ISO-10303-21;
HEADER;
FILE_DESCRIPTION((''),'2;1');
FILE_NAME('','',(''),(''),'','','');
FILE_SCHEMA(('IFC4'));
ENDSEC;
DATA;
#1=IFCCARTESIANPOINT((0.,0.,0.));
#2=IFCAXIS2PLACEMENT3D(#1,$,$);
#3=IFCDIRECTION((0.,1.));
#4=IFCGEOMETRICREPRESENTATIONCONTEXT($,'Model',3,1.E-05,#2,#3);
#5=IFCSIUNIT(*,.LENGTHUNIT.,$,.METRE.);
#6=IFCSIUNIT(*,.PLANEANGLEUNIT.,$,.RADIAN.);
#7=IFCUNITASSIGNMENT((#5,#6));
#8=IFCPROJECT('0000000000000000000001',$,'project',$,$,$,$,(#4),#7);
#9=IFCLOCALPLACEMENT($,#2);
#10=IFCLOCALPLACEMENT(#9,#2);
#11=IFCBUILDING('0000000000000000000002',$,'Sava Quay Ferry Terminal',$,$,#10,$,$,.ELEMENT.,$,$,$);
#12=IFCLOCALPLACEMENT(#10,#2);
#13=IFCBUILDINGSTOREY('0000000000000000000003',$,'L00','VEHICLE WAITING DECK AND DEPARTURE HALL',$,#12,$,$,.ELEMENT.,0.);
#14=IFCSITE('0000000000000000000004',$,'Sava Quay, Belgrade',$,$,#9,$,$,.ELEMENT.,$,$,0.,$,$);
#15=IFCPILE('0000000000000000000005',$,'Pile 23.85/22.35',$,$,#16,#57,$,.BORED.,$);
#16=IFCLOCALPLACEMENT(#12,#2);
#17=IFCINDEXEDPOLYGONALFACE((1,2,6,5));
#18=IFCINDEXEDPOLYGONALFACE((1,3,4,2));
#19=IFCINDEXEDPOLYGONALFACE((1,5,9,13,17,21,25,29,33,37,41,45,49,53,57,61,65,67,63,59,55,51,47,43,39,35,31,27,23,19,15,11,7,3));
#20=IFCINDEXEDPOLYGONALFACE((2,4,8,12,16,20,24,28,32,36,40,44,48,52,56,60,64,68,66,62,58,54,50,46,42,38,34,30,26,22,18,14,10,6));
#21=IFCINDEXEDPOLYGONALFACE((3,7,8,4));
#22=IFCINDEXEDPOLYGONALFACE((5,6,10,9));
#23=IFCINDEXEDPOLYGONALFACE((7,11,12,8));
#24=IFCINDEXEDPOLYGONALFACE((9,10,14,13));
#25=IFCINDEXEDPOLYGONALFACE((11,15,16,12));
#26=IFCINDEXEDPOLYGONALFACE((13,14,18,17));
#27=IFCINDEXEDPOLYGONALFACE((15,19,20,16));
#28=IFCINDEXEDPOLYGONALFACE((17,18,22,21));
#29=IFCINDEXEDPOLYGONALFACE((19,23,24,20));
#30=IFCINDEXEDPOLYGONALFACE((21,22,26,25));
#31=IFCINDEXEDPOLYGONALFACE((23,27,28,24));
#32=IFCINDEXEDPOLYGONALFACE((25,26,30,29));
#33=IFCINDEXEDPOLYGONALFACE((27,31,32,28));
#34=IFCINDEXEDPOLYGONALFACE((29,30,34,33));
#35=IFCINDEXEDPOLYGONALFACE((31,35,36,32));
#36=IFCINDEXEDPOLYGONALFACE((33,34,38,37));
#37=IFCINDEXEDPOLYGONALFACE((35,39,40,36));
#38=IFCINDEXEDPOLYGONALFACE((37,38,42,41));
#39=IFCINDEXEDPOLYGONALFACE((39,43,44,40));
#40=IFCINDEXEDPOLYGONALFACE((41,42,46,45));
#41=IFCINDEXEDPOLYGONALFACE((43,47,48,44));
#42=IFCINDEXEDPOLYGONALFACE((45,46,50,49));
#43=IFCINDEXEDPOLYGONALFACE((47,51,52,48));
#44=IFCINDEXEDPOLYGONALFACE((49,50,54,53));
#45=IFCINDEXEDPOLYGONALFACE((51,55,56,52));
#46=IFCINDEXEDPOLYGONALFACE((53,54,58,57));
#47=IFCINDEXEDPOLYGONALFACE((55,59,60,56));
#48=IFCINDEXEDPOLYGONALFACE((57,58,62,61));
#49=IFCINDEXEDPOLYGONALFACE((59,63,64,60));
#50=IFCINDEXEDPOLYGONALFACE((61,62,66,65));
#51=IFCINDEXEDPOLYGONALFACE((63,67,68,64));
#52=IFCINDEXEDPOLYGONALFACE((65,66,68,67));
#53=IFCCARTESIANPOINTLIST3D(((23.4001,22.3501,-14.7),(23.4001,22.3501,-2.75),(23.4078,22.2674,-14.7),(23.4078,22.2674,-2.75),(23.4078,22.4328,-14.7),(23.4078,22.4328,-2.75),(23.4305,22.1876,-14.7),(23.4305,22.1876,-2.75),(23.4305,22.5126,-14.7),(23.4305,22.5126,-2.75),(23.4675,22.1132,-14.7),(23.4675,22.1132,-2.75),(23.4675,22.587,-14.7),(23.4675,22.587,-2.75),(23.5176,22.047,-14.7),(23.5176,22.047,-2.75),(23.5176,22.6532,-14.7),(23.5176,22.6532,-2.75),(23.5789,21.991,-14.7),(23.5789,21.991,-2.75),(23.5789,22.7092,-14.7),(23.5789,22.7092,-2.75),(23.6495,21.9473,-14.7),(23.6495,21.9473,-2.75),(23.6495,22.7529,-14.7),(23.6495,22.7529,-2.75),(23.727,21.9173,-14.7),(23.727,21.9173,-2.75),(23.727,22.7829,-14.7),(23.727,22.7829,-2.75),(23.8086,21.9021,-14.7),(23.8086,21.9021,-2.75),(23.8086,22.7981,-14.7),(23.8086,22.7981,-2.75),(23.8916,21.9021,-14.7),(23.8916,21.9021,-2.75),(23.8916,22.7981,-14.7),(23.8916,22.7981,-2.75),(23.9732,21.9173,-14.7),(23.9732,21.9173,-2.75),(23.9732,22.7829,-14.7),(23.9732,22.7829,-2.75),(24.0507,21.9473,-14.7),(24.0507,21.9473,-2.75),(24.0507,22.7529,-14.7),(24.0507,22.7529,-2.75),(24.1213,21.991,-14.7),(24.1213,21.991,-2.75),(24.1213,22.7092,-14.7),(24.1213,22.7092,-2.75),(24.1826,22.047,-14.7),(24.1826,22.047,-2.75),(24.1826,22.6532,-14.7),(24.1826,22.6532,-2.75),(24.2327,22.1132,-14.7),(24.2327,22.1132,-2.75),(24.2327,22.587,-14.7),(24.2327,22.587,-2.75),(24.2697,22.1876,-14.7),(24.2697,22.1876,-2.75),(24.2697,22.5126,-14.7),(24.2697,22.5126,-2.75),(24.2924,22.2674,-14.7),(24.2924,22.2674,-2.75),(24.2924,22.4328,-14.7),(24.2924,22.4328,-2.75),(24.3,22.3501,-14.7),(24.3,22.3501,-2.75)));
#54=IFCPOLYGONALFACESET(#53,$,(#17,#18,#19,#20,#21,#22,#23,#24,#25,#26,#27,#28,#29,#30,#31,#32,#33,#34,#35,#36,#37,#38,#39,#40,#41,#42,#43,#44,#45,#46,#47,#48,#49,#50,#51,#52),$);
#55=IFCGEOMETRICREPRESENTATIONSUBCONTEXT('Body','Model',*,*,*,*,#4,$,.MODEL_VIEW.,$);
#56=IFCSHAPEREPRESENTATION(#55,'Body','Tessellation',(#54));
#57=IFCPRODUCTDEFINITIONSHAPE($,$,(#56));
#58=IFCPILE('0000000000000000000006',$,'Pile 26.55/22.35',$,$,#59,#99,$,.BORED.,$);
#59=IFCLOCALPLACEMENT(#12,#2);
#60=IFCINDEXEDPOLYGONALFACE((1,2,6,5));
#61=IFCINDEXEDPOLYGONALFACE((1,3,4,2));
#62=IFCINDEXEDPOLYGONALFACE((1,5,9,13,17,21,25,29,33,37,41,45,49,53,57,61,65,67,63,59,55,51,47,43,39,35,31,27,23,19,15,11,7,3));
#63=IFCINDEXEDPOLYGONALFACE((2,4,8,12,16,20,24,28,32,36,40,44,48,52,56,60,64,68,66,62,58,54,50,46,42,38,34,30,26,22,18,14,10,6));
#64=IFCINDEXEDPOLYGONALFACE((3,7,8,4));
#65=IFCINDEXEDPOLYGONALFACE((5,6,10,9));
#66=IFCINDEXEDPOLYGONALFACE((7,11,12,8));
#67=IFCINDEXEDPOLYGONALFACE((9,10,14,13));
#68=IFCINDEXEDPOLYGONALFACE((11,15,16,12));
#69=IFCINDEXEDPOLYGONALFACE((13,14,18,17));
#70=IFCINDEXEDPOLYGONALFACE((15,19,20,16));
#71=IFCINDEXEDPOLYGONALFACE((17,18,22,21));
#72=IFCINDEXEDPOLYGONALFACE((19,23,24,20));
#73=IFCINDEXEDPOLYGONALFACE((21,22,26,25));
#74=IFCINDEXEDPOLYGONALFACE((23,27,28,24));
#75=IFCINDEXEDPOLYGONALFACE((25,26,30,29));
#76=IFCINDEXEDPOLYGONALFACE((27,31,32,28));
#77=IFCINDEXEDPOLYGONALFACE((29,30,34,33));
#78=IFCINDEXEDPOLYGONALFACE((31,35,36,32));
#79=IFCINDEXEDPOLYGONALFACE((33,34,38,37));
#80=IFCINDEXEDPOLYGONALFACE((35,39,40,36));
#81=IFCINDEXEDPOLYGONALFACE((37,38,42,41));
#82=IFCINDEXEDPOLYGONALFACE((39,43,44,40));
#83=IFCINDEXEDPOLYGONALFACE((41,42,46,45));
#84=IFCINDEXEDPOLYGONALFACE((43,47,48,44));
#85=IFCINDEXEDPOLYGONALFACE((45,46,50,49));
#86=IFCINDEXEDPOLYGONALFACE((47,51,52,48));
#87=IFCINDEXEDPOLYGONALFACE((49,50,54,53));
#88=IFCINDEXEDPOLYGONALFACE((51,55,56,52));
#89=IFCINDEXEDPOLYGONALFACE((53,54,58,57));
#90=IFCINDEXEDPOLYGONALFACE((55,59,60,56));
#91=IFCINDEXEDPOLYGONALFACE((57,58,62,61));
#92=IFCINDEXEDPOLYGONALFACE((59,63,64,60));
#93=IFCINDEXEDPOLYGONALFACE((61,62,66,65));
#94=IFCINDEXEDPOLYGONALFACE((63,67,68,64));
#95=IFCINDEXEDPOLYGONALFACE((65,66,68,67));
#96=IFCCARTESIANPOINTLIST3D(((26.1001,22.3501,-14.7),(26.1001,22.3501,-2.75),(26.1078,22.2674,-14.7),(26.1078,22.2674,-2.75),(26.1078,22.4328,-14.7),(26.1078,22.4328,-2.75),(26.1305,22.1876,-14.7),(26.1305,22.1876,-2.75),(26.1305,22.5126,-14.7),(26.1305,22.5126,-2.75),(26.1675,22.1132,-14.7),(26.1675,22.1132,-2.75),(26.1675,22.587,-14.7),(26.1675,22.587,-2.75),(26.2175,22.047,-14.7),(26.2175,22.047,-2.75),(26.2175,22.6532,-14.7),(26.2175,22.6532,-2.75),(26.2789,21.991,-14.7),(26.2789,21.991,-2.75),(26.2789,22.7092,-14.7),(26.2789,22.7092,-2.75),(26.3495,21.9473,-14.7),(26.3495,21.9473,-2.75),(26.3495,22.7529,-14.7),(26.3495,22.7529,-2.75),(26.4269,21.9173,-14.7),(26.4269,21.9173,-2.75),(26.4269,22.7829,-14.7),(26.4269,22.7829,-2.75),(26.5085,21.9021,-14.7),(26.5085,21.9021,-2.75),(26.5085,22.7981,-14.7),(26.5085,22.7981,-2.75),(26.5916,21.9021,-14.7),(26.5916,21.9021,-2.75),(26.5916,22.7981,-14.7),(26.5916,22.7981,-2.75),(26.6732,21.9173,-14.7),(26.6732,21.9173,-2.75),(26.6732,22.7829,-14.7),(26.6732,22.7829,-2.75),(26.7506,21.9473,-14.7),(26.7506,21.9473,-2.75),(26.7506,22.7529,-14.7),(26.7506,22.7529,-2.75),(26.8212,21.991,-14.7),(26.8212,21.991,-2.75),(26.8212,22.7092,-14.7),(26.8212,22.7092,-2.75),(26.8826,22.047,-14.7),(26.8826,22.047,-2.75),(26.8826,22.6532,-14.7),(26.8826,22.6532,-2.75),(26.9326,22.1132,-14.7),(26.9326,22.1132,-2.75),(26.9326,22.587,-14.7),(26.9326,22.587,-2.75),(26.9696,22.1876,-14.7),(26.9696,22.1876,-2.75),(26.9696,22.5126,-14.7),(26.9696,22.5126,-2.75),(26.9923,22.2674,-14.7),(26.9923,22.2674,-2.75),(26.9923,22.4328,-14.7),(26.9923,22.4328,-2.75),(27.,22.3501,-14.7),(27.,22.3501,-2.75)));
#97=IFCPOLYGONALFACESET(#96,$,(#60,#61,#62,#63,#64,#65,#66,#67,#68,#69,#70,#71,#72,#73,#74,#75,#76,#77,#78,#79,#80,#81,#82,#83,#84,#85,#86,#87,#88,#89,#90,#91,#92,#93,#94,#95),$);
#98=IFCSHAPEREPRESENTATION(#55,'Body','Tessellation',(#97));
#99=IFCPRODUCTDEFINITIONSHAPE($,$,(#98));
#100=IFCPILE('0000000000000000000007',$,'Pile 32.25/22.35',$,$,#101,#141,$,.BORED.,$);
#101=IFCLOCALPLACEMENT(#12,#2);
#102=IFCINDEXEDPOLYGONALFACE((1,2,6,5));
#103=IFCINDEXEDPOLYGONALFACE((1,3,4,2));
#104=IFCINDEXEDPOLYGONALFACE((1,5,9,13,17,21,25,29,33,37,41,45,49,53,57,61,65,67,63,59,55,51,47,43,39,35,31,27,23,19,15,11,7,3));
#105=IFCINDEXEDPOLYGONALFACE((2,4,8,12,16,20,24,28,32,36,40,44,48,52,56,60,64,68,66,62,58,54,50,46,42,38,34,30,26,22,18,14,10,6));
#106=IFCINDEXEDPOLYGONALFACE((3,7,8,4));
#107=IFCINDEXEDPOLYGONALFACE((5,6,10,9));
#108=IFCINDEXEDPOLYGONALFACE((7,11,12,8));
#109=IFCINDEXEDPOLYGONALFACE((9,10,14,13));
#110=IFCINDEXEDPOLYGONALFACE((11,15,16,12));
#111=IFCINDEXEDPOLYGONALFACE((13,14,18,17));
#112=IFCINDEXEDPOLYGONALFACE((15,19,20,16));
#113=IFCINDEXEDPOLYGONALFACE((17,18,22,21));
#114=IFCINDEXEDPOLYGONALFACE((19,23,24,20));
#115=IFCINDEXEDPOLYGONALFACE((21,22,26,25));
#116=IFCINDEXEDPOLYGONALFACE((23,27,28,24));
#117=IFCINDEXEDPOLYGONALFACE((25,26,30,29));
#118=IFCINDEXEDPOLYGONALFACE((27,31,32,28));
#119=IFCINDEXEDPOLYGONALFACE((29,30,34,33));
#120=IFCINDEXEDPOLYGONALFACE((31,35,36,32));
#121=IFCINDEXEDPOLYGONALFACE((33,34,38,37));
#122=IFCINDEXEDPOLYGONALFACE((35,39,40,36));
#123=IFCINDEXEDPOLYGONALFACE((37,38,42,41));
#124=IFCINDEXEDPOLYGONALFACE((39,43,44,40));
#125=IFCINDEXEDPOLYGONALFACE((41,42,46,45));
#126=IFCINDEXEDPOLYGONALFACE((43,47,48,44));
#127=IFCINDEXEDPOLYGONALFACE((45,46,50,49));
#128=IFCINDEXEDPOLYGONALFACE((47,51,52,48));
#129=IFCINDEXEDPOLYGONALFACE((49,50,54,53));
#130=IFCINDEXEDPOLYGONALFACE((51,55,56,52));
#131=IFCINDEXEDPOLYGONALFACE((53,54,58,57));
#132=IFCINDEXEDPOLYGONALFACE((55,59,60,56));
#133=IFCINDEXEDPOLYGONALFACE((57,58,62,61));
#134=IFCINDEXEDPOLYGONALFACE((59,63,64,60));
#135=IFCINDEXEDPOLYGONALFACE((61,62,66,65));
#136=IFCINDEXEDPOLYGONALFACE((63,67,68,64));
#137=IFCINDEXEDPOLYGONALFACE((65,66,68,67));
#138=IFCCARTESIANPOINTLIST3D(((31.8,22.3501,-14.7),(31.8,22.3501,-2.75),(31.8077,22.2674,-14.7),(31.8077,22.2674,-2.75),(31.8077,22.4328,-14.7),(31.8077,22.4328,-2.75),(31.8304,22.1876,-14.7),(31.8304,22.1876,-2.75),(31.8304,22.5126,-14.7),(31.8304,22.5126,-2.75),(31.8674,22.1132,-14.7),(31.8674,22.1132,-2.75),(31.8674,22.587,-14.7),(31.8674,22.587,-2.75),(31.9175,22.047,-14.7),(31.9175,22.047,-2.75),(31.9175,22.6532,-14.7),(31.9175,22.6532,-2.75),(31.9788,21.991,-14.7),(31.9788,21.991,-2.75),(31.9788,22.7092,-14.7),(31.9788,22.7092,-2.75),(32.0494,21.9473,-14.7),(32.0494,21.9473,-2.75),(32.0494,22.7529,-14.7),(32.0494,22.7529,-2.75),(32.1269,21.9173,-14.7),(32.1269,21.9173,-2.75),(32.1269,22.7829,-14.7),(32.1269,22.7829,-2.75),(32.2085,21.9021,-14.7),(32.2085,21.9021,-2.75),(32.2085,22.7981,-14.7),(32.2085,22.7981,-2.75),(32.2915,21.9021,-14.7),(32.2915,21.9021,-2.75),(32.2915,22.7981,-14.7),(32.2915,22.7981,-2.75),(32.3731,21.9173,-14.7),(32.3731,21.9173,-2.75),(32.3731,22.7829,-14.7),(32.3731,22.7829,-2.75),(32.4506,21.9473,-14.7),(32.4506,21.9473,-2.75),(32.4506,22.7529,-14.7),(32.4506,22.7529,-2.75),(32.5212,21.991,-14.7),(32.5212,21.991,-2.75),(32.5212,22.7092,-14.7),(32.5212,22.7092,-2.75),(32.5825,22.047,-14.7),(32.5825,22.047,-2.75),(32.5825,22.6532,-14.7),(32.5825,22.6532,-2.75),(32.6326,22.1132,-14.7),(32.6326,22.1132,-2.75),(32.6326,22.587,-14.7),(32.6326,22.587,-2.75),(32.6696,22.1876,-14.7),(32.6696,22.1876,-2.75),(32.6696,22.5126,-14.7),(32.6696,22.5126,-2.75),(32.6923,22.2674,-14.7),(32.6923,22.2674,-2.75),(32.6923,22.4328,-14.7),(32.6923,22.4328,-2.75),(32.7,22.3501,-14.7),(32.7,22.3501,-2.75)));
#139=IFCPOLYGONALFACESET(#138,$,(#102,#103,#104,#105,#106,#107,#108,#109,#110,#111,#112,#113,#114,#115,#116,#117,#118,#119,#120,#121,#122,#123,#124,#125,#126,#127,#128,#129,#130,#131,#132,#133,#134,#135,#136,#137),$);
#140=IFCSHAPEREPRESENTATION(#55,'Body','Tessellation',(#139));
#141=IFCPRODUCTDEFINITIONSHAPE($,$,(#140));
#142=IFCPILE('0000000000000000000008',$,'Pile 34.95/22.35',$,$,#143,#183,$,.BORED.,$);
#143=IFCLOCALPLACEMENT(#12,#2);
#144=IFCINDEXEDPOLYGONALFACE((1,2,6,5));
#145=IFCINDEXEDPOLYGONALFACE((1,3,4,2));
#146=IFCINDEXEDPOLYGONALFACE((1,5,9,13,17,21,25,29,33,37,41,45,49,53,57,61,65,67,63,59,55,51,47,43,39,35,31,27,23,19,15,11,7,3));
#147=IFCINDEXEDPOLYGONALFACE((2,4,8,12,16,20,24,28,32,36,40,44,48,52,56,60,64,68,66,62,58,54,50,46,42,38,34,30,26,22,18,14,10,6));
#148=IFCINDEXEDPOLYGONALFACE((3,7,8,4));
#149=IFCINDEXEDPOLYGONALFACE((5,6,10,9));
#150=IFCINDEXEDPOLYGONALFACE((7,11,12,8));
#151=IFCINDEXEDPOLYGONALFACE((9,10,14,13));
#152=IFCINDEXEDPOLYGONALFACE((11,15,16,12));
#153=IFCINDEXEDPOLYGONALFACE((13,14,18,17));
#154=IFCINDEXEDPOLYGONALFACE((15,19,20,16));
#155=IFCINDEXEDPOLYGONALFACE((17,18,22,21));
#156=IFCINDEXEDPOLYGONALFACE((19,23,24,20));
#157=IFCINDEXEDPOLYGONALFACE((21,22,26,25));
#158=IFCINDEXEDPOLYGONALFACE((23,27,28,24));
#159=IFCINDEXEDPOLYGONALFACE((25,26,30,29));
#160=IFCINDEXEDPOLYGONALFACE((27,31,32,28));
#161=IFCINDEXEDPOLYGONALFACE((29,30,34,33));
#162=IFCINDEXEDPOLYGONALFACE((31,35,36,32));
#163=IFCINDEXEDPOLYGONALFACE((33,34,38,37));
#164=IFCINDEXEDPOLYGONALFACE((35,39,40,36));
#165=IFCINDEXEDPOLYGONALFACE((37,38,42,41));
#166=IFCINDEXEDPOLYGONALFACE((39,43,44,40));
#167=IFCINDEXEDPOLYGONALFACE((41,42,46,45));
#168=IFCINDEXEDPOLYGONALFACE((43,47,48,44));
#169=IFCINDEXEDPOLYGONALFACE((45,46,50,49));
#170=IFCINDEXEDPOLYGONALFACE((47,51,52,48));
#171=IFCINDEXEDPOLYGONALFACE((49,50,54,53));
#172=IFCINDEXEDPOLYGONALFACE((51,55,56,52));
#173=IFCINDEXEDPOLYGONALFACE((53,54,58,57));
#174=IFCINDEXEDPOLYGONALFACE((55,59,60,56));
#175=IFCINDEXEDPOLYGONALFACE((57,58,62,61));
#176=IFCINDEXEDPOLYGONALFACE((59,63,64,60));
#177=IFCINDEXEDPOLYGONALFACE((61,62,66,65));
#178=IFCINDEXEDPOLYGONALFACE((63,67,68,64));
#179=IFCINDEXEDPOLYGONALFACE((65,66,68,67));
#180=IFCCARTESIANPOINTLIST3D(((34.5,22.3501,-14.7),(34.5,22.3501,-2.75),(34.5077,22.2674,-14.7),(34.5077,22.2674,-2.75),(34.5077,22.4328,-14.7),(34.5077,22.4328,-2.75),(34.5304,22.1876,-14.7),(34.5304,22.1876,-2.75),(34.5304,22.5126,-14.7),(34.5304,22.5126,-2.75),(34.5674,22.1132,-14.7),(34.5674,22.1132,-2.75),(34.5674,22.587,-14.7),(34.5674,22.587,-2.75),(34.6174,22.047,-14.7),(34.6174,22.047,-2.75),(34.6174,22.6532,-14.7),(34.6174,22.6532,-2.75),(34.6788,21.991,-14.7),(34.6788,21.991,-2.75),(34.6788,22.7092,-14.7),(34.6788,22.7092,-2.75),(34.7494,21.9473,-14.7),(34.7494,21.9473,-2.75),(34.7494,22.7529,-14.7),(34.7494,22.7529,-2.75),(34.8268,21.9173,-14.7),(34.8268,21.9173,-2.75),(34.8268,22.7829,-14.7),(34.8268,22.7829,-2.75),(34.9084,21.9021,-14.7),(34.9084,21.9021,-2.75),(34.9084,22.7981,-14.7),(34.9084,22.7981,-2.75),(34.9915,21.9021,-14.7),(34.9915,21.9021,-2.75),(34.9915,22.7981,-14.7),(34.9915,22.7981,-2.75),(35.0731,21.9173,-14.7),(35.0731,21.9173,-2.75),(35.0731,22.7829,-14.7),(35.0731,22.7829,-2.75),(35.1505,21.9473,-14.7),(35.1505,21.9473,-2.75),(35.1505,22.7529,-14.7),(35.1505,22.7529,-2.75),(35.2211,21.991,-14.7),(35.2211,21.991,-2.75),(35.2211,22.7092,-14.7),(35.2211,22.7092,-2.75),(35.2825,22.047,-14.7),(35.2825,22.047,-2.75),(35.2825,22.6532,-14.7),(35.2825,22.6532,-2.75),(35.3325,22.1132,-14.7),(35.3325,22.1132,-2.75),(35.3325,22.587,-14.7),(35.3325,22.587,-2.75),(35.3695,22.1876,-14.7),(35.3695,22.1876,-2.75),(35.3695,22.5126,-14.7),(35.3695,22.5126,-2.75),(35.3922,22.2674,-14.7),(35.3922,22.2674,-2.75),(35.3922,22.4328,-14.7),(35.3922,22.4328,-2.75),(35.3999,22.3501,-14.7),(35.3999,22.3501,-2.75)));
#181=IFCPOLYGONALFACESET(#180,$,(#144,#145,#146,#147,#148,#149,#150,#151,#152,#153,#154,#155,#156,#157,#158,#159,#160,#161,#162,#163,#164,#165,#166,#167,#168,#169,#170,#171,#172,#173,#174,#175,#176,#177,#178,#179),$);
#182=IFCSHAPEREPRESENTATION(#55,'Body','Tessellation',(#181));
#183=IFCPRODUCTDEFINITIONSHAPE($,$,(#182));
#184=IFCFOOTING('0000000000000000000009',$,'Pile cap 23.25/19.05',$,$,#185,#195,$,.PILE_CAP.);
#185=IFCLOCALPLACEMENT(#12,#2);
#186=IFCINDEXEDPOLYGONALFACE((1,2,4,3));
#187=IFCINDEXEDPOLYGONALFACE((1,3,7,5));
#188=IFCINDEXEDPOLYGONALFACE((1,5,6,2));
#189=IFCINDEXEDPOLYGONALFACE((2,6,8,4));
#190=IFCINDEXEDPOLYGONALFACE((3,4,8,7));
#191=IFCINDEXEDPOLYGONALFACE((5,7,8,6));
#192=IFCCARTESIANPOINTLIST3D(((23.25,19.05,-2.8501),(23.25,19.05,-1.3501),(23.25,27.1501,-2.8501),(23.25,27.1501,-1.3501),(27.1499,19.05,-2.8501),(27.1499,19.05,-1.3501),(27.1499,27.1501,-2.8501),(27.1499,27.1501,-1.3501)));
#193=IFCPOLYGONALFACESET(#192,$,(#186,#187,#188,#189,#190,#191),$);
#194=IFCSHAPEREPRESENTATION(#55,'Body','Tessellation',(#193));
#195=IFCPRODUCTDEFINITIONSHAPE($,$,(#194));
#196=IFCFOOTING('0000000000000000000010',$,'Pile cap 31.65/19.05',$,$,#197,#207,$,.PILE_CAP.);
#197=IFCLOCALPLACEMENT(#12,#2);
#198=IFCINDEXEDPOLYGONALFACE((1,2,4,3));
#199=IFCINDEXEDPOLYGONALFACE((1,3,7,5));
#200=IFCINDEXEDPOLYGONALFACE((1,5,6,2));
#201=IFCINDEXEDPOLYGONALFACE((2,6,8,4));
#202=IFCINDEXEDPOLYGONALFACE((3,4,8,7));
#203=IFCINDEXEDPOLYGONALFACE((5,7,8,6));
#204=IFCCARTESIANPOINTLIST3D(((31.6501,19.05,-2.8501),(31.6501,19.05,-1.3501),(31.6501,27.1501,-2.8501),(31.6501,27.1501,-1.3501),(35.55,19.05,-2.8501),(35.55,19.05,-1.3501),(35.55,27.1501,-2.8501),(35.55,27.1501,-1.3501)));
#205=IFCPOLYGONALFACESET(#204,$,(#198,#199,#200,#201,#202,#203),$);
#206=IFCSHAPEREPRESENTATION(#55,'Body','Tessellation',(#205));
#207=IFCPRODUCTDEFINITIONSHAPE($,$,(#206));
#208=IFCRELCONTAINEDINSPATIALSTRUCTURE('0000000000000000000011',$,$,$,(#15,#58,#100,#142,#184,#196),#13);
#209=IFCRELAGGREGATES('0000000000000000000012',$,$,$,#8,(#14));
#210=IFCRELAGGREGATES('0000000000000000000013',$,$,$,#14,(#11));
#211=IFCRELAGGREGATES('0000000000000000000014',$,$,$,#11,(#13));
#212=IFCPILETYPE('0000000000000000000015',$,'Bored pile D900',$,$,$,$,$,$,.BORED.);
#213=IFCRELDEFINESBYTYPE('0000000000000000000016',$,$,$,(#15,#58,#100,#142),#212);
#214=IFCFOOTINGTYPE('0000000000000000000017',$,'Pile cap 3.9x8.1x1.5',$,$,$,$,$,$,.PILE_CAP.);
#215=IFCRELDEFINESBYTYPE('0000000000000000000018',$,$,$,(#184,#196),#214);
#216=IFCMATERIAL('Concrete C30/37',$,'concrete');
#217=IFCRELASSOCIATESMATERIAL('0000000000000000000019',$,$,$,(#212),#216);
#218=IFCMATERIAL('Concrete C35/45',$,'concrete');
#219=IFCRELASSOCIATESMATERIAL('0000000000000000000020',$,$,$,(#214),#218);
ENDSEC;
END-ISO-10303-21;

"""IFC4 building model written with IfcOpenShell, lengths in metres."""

from ifc_helpers import new_model, si_unit, direction, frame, origin, origin_2d, place, context, subcontext, project, spatial, rectangle, circle, extrude, material, material_profile, profile_set, type_object, element, save


model = new_model("IFC4")

# Units and contexts
model_context = context("Model", 3, precision=1e-05, world=origin(), true_north=direction((0.0, 1.0)))
body_context = subcontext(model_context, "Body", "Model", "MODEL_VIEW")
ifc_project = project(units=[si_unit("LENGTHUNIT", "METRE"), si_unit("PLANEANGLEUNIT", "RADIAN")], contexts=[model_context])

# Site, building, storey
site_placement = place(None, origin())
site = spatial("IfcSite", under=ifc_project, at=site_placement, Name="Sava Quay, Belgrade", CompositionType="ELEMENT", RefElevation=0.0)
building_placement = place(site_placement, origin())
building = spatial("IfcBuilding", under=site, at=building_placement, Name="Sava Quay Ferry Terminal", CompositionType="ELEMENT")
storey_placement = place(building_placement, origin())
storey = spatial("IfcBuildingStorey", under=building, at=storey_placement, Name="L00", Description="VEHICLE WAITING DECK AND DEPARTURE HALL", CompositionType="ELEMENT", Elevation=0.0)

# Piles
ifc_material_1 = material(Name="Concrete C30/37", Category="concrete")
ifc_material_profile = material_profile(ifc_material_1, circle(Radius=0.45, at=origin_2d()), Name="Bored pile D900")
ifc_profile_set = profile_set([ifc_material_profile], Name="Concrete C30/37")
pile_type = type_object("IfcPileType", Name="Bored pile D900", PredefinedType="BORED", material=ifc_profile_set)
for number, where, z_axis, x_axis, name in (
    (1, (23.8501, 22.3501, -2.75), (0.0, 0.0, -1.0), (1.0, 0.0, 0.0), "Pile 23.85/22.35"),
    (2, (26.55, 22.3501, -2.75), (0.0, 0.0, -1.0), (1.0, 0.0, 0.0), "Pile 26.55/22.35"),
    (3, (32.25, 22.3501, -2.75), (0.0, 0.0, -1.0), (1.0, 0.0, 0.0), "Pile 32.25/22.35"),
    (4, (34.95, 22.3501, -2.75), (0.0, 0.0, -1.0), (1.0, 0.0, 0.0), "Pile 34.95/22.35"),
):
    element("IfcPile", number, at=place(storey_placement, frame(where, z_axis=z_axis, x_axis=x_axis)), inside=storey, type_object=pile_type, Name=name, PredefinedType="BORED", context=body_context, shape_type="SweptSolid", body=[
        extrude(circle(Radius=0.45, at=origin_2d()), origin(), (0.0, 0.0, 1.0), 11.95),
    ])

# Footings
ifc_material_2 = material(Name="Concrete C35/45", Category="concrete")
footing_type = type_object("IfcFootingType", Name="Pile cap 3.9x8.1x1.5", PredefinedType="PILE_CAP", material=ifc_material_2)
for number, where, z_axis, x_axis, name in (
    (5, (25.2, 23.1001, -2.8501), (0.0, 0.0, 1.0), (1.0, 0.0, 0.0), "Pile cap 23.25/19.05"),
    (6, (33.6001, 23.1001, -2.8501), (0.0, 0.0, 1.0), (1.0, 0.0, 0.0), "Pile cap 31.65/19.05"),
):
    element("IfcFooting", number, at=place(storey_placement, frame(where, z_axis=z_axis, x_axis=x_axis)), inside=storey, type_object=footing_type, Name=name, PredefinedType="PILE_CAP", context=body_context, shape_type="SweptSolid", body=[
        extrude(rectangle(XDim=3.8999, YDim=8.1001, at=origin_2d()), origin(), (0.0, 0.0, 1.0), 1.5),
    ])

save(model, "model.ifc")
